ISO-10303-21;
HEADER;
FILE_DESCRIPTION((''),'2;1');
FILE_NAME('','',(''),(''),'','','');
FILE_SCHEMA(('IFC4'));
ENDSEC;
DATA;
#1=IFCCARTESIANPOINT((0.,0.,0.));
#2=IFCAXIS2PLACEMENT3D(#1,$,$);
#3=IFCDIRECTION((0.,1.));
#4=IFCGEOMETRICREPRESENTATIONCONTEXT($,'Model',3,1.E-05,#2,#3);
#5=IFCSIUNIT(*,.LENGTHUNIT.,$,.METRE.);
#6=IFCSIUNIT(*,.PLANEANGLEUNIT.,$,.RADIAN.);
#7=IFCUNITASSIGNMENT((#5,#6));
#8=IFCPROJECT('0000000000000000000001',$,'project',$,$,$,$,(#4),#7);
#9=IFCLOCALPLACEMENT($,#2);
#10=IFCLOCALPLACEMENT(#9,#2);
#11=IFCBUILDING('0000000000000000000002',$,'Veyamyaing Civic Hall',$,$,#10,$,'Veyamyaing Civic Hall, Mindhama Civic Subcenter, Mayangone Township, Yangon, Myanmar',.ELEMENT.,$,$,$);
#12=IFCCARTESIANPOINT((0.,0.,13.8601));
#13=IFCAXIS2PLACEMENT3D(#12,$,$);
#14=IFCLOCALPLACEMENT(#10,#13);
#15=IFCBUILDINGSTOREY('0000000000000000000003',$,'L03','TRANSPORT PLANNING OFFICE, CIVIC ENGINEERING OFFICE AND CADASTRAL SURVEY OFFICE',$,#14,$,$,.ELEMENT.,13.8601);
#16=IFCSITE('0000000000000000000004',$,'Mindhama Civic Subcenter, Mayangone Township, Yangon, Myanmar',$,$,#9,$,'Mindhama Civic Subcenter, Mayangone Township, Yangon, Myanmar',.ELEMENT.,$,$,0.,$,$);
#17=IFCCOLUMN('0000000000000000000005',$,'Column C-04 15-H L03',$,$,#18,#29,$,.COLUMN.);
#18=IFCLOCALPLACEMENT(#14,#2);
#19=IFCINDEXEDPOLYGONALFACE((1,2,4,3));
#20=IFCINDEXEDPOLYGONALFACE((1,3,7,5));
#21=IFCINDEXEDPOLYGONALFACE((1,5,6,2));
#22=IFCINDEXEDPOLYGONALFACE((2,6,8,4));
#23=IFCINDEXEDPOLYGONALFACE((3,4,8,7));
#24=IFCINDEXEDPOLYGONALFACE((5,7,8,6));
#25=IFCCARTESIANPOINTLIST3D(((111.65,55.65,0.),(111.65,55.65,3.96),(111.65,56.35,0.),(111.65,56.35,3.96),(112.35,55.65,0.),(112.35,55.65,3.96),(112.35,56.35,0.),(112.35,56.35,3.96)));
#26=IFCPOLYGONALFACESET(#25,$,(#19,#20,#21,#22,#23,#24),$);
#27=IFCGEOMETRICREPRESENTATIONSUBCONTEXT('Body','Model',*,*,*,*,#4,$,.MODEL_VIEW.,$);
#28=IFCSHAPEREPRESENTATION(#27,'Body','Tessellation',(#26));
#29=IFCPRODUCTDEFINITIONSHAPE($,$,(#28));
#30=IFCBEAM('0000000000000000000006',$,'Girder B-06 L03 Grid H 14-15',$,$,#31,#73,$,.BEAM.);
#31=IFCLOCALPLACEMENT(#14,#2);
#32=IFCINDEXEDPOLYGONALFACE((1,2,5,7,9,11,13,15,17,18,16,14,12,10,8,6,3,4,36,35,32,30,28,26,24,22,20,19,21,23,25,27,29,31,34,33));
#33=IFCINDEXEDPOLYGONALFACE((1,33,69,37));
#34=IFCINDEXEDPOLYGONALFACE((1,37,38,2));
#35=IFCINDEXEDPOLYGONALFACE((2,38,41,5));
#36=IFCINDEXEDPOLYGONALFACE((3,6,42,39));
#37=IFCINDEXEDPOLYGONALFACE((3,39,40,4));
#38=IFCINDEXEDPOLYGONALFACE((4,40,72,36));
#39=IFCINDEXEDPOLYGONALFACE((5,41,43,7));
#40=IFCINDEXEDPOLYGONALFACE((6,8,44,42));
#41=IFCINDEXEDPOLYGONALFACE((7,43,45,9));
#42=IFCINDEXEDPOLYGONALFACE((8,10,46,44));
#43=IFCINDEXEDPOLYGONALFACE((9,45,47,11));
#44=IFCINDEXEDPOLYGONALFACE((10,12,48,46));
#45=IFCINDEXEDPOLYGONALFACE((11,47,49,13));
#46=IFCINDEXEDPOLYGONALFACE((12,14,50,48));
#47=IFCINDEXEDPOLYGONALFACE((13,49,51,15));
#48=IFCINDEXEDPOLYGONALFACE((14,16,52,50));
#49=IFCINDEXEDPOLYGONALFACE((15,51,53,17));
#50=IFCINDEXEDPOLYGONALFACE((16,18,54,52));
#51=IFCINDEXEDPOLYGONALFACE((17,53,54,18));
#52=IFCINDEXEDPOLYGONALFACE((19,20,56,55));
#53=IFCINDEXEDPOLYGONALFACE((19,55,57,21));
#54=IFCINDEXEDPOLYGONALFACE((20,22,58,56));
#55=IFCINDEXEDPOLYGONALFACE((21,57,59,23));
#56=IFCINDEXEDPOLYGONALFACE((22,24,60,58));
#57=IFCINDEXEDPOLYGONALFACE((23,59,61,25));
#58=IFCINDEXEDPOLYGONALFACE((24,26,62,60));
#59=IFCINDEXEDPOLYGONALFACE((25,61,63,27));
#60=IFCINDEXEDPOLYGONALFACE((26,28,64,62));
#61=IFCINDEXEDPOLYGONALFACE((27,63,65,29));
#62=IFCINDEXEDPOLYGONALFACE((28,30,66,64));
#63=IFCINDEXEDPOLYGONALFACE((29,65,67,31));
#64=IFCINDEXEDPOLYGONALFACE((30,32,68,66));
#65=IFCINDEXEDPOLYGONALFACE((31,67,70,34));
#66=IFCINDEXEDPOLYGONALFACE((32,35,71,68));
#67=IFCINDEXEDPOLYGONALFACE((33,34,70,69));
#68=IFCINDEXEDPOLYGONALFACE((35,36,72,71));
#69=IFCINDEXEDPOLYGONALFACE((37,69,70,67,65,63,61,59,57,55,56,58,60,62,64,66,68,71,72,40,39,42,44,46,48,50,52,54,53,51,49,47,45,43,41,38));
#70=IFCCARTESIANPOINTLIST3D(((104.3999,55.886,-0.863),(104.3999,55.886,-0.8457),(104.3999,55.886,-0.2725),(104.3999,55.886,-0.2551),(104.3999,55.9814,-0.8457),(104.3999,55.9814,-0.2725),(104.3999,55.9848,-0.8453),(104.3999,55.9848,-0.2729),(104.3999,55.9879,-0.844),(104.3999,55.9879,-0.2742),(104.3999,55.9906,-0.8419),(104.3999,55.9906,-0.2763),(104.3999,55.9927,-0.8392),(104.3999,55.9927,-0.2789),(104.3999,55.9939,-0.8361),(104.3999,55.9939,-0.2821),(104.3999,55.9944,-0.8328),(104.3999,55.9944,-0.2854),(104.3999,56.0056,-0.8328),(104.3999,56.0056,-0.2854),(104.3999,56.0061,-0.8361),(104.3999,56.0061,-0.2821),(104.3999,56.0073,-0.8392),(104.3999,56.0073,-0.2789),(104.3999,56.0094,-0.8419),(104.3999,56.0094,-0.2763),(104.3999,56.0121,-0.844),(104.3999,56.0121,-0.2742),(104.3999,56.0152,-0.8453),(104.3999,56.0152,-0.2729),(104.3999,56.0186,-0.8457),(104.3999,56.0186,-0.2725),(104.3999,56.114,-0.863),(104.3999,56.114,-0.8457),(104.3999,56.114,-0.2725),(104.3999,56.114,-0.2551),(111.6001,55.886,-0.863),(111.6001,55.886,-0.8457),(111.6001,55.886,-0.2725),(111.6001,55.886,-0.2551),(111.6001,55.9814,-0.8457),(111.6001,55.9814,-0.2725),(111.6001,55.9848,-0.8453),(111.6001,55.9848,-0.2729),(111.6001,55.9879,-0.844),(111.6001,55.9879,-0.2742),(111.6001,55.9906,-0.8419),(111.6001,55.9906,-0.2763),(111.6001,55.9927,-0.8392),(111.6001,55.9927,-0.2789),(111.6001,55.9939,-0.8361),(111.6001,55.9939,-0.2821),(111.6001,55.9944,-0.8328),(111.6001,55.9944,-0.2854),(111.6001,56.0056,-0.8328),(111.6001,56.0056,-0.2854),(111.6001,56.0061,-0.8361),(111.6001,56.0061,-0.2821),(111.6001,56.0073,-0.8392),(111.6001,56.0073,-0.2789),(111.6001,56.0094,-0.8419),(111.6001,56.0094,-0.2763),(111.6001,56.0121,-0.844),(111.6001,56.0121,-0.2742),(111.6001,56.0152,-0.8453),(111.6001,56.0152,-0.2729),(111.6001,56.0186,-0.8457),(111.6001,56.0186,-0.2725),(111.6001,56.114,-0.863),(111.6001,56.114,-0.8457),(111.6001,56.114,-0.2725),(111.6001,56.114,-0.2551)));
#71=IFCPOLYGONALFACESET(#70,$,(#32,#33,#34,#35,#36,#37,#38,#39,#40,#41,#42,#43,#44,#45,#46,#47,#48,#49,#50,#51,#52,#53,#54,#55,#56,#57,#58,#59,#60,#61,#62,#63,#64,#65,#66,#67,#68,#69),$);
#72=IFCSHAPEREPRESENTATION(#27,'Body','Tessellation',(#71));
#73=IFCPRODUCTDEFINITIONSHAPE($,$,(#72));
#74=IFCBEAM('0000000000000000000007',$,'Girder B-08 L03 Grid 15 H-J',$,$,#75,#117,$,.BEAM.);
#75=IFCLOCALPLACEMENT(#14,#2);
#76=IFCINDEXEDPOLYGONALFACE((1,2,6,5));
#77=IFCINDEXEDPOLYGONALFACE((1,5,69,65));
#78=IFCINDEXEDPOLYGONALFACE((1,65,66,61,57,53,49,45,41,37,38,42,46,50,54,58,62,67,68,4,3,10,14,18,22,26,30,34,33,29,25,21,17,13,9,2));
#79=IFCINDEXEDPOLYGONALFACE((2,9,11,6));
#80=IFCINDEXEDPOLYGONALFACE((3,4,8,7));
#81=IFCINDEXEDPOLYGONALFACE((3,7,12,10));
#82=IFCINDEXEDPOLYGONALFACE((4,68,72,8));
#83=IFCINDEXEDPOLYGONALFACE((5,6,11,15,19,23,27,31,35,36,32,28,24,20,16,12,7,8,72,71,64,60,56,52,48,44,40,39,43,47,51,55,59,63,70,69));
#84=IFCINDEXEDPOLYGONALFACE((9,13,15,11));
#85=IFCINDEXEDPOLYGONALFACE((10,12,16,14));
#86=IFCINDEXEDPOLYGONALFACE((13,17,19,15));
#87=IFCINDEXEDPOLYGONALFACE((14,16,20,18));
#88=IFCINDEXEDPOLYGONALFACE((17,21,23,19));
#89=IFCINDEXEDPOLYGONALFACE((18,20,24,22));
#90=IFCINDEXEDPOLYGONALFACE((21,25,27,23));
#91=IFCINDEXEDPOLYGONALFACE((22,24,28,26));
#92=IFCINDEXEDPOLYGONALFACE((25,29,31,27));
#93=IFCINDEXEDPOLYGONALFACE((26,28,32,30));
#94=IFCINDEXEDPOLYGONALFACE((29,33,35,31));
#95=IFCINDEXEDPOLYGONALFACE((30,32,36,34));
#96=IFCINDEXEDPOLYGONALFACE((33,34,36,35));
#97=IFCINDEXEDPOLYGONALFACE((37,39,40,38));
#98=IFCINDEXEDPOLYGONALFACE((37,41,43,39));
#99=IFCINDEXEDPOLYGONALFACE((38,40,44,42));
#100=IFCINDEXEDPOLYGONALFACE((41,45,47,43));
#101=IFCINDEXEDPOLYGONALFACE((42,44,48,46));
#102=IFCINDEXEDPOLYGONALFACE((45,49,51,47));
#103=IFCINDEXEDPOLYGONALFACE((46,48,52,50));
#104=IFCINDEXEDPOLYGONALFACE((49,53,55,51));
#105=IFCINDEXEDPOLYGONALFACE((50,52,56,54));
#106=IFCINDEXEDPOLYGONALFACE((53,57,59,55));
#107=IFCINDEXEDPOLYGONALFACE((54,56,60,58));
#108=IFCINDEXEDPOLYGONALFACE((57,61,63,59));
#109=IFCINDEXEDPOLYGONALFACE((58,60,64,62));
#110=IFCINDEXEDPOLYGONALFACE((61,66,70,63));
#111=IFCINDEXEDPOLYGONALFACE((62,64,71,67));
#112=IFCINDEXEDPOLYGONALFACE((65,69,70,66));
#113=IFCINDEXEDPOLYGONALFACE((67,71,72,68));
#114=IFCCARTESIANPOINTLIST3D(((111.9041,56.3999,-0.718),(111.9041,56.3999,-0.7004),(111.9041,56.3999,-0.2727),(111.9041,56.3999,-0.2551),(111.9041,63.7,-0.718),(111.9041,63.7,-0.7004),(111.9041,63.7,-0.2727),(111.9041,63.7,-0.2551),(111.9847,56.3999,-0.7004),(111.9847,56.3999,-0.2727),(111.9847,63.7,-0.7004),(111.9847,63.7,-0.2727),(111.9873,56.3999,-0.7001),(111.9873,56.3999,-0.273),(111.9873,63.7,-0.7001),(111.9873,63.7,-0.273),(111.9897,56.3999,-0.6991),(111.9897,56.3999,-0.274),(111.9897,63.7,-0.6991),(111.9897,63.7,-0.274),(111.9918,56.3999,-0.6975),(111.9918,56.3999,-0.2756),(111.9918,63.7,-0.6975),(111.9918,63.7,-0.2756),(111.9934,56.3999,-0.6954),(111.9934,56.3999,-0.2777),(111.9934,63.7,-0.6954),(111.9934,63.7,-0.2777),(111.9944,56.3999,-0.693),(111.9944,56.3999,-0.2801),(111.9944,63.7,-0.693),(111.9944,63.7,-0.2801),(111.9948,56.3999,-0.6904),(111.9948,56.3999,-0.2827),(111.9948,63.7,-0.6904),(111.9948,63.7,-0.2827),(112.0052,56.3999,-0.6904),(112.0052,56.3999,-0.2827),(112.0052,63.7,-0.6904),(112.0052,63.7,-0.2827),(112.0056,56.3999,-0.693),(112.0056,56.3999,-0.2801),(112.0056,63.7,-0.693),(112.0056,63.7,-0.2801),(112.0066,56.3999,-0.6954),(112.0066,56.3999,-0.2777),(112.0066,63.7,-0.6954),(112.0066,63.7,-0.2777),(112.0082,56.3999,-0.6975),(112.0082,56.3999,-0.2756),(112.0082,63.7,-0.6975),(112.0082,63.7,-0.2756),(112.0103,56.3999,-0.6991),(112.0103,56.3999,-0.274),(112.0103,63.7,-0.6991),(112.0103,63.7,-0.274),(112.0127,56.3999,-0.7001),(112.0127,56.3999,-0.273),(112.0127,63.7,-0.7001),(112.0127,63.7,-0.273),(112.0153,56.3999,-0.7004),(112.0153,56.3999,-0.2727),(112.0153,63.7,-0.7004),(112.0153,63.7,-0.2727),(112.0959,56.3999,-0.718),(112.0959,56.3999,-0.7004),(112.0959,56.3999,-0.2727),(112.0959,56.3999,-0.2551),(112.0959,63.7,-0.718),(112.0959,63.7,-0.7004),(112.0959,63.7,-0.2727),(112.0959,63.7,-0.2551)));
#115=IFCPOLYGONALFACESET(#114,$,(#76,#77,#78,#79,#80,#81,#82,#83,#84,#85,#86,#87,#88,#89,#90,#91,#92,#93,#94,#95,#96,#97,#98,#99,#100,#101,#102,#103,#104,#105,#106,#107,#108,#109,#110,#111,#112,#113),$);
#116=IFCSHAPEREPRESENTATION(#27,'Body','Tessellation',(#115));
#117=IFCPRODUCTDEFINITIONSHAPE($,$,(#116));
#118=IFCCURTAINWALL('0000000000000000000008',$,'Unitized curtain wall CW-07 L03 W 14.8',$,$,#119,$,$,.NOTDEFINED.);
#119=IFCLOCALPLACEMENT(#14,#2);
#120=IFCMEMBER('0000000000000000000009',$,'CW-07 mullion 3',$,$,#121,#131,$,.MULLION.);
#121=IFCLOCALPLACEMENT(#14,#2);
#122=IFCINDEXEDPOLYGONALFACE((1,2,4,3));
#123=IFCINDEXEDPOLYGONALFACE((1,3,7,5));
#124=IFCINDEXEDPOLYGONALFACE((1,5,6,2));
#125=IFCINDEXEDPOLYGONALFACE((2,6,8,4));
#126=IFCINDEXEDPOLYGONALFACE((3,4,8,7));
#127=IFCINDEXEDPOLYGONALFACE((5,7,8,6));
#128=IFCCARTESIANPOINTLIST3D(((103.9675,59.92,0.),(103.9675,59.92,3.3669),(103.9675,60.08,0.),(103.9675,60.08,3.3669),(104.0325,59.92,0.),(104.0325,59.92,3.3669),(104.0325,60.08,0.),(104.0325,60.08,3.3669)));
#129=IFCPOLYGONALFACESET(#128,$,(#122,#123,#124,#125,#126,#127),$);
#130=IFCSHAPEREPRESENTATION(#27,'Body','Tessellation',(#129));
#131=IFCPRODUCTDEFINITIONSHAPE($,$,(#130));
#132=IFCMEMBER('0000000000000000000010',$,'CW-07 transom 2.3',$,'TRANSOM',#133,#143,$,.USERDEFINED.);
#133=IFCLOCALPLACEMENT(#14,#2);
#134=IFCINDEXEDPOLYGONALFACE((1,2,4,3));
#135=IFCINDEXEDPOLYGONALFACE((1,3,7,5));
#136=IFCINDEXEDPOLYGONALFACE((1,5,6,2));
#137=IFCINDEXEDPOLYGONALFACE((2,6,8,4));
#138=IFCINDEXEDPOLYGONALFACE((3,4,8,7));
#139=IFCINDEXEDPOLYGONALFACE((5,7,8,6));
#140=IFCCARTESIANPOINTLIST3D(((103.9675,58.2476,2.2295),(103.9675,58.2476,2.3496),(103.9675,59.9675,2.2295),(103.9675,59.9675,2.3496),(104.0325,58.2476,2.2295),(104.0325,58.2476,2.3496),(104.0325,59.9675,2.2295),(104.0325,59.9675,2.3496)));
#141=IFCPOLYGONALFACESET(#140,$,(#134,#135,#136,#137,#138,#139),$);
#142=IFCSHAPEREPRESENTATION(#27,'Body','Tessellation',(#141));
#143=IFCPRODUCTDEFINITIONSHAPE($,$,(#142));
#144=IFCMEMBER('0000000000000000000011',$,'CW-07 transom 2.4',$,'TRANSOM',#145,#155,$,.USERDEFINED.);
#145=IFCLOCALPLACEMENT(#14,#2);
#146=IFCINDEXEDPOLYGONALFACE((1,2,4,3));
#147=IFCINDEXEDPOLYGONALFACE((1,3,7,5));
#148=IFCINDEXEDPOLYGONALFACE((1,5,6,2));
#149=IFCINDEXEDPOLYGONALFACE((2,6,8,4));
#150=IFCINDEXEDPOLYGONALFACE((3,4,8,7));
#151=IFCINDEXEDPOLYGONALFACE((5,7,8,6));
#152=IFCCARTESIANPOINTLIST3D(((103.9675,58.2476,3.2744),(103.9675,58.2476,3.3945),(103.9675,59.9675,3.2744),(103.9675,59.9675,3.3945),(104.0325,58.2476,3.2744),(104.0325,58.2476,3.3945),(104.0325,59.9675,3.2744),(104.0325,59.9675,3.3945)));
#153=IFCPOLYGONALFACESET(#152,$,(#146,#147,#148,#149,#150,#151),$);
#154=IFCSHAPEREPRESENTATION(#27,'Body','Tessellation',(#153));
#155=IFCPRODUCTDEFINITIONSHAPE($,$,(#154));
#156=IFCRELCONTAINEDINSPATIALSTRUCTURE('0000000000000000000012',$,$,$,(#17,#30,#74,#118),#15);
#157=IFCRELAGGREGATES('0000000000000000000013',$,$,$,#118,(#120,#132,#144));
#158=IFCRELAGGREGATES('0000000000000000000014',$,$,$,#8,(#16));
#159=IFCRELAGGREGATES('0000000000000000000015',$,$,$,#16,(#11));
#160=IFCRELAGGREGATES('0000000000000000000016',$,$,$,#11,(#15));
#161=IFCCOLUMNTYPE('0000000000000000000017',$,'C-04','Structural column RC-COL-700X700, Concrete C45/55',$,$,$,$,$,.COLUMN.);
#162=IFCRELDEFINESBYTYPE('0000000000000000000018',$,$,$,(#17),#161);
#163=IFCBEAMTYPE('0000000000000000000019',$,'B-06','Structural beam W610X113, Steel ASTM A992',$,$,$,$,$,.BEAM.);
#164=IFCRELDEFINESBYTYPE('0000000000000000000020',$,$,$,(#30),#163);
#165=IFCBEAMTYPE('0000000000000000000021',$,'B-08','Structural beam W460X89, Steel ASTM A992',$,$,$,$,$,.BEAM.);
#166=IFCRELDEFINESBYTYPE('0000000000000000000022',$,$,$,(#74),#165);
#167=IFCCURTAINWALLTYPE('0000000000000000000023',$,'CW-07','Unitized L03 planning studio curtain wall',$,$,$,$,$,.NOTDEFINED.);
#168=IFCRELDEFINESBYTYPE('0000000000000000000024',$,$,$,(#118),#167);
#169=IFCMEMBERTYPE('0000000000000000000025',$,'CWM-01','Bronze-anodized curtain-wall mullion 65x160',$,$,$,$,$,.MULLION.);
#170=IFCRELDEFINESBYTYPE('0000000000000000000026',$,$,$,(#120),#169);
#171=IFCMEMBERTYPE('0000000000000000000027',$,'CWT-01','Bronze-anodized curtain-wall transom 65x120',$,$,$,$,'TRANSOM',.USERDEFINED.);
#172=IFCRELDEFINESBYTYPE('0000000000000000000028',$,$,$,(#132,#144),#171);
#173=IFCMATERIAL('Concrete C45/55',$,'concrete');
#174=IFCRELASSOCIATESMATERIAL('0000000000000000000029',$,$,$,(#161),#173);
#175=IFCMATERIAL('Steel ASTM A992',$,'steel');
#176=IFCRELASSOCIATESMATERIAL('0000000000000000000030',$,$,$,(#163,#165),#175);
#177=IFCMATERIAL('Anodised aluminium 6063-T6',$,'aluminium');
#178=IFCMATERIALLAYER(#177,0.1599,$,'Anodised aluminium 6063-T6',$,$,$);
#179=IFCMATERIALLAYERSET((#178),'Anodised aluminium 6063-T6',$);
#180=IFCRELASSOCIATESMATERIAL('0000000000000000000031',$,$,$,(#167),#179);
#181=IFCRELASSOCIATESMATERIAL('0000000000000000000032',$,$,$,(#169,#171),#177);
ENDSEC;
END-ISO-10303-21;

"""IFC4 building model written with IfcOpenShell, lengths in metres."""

from ifc_helpers import new_model, si_unit, direction, frame, origin, origin_2d, place, context, subcontext, project, spatial, rectangle, i_section, extrude, material, layer, layer_set, material_profile, profile_set, type_object, element, aggregate, save


model = new_model("IFC4")

# Units and contexts
model_context = context("Model", 3, precision=1e-05, world=origin(), true_north=direction((0.0, 1.0)))
body_context = subcontext(model_context, "Body", "Model", "MODEL_VIEW")
ifc_project = project(units=[si_unit("LENGTHUNIT", "METRE"), si_unit("PLANEANGLEUNIT", "RADIAN")], contexts=[model_context])

# Site, building, storey
site_placement = place(None, origin())
site = spatial("IfcSite", under=ifc_project, at=site_placement, Name="Mindhama Civic Subcenter, Mayangone Township, Yangon, Myanmar", LongName="Mindhama Civic Subcenter, Mayangone Township, Yangon, Myanmar", CompositionType="ELEMENT", RefElevation=0.0)
building_placement = place(site_placement, origin())
building = spatial("IfcBuilding", under=site, at=building_placement, Name="Veyamyaing Civic Hall", LongName="Veyamyaing Civic Hall, Mindhama Civic Subcenter, Mayangone Township, Yangon, Myanmar", CompositionType="ELEMENT")
storey_placement = place(building_placement, frame((0.0, 0.0, 13.8601)))
storey = spatial("IfcBuildingStorey", under=building, at=storey_placement, Name="L03", Description="TRANSPORT PLANNING OFFICE, CIVIC ENGINEERING OFFICE AND CADASTRAL SURVEY OFFICE", CompositionType="ELEMENT", Elevation=13.8601)

# Column
ifc_material_1 = material(Name="Concrete C45/55", Category="concrete")
ifc_material_profile_1 = material_profile(ifc_material_1, rectangle(XDim=0.7, YDim=0.7, at=origin_2d()), Name="RC-COL-700X700")
ifc_profile_set_1 = profile_set([ifc_material_profile_1], Name="Concrete C45/55")
column_type = type_object("IfcColumnType", Name="C-04", Description="Structural column RC-COL-700X700, Concrete C45/55", PredefinedType="COLUMN", material=ifc_profile_set_1)
column_placement = place(storey_placement, frame((112.0, 56.0, 0.0), z_axis=(0.0, 0.0, 1.0), x_axis=(1.0, 0.0, 0.0)))
element("IfcColumn", 1, at=column_placement, inside=storey, type_object=column_type, Name="Column C-04 15-H L03", PredefinedType="COLUMN", context=body_context, shape_type="SweptSolid", body=[
    extrude(rectangle(XDim=0.7, YDim=0.7, at=origin_2d()), origin(), (0.0, 0.0, 1.0), 3.96),
])

# Beams
ifc_material_2 = material(Name="Steel ASTM A992", Category="steel")
ifc_material_profile_2 = material_profile(ifc_material_2, i_section(OverallWidth=0.228, OverallDepth=0.6079, WebThickness=0.0112, FlangeThickness=0.0173, FilletRadius=0.0129, at=origin_2d()), Name="W610X113")
ifc_profile_set_2 = profile_set([ifc_material_profile_2], Name="Steel ASTM A992")
beam_type_1 = type_object("IfcBeamType", Name="B-06", Description="Structural beam W610X113, Steel ASTM A992", PredefinedType="BEAM", material=ifc_profile_set_2)
beam_1_placement = place(storey_placement, frame((104.3999, 56.0, -0.5591), z_axis=(1.0, 0.0, 0.0), x_axis=(0.0, 1.0, 0.0)))
element("IfcBeam", 2, at=beam_1_placement, inside=storey, type_object=beam_type_1, Name="Girder B-06 L03 Grid H 14-15", PredefinedType="BEAM", context=body_context, shape_type="SweptSolid", body=[
    extrude(i_section(OverallWidth=0.228, OverallDepth=0.6079, WebThickness=0.0112, FlangeThickness=0.0173, FilletRadius=0.0129, at=origin_2d()), origin(), (0.0, 0.0, 1.0), 7.2002),
])
ifc_material_profile_3 = material_profile(ifc_material_2, i_section(OverallWidth=0.1919, OverallDepth=0.4629, WebThickness=0.0105, FlangeThickness=0.0176, FilletRadius=0.01, at=origin_2d()), Name="W460X89")
ifc_profile_set_3 = profile_set([ifc_material_profile_3], Name="Steel ASTM A992")
beam_type_2 = type_object("IfcBeamType", Name="B-08", Description="Structural beam W460X89, Steel ASTM A992", PredefinedType="BEAM", material=ifc_profile_set_3)
beam_2_placement = place(storey_placement, frame((112.0, 56.3999, -0.4866), z_axis=(0.0, 1.0, 0.0), x_axis=(-1.0, 0.0, 0.0)))
element("IfcBeam", 3, at=beam_2_placement, inside=storey, type_object=beam_type_2, Name="Girder B-08 L03 Grid 15 H-J", PredefinedType="BEAM", context=body_context, shape_type="SweptSolid", body=[
    extrude(i_section(OverallWidth=0.1919, OverallDepth=0.4629, WebThickness=0.0105, FlangeThickness=0.0176, FilletRadius=0.01, at=origin_2d()), origin(), (0.0, 0.0, 1.0), 7.3),
])

# Curtain wall, members
ifc_material_3 = material(Name="Anodised aluminium 6063-T6", Category="aluminium")
ifc_layer_1 = layer(ifc_material_3, 0.1599, Name="Anodised aluminium 6063-T6")
ifc_layer_set_1 = layer_set([ifc_layer_1], Name="Anodised aluminium 6063-T6")
curtain_wall_type = type_object("IfcCurtainWallType", Name="CW-07", Description="Unitized L03 planning studio curtain wall", PredefinedType="NOTDEFINED", material=ifc_layer_set_1)
curtain_wall_placement = place(storey_placement, origin())
curtain_wall = element("IfcCurtainWall", 4, at=curtain_wall_placement, inside=storey, type_object=curtain_wall_type, Name="Unitized curtain wall CW-07 L03 W 14.8", PredefinedType="NOTDEFINED")
ifc_material_profile_4 = material_profile(ifc_material_3, rectangle(XDim=0.0649, YDim=0.1599, at=origin_2d()), Name="ALU-MUL-65X160")
ifc_profile_set_4 = profile_set([ifc_material_profile_4], Name="Anodised aluminium 6063-T6")
member_type_1 = type_object("IfcMemberType", Name="CWM-01", Description="Bronze-anodized curtain-wall mullion 65x160", PredefinedType="MULLION", material=ifc_profile_set_4)
member_1_placement = place(storey_placement, frame((104.0, 60.0, 0.0), z_axis=(0.0, 0.0, 1.0), x_axis=(-1.0, 0.0, 0.0)))
member_1 = element("IfcMember", 5, at=member_1_placement, type_object=member_type_1, Name="CW-07 mullion 3", PredefinedType="MULLION", context=body_context, shape_type="SweptSolid", body=[
    extrude(rectangle(XDim=0.0649, YDim=0.1599, at=origin_2d()), origin(), (0.0, 0.0, 1.0), 3.3669),
])
ifc_material_profile_5 = material_profile(ifc_material_3, rectangle(XDim=0.0649, YDim=0.1201, at=origin_2d()), Name="ALU-TRN-65X120")
ifc_profile_set_5 = profile_set([ifc_material_profile_5], Name="Anodised aluminium 6063-T6")
member_type_2 = type_object("IfcMemberType", Name="CWT-01", Description="Bronze-anodized curtain-wall transom 65x120", ElementType="TRANSOM", PredefinedType="USERDEFINED", material=ifc_profile_set_5)
member_2_placement = place(storey_placement, frame((104.0, 58.2476, 2.2896), z_axis=(0.0, 1.0, 0.0), x_axis=(-1.0, 0.0, 0.0)))
member_2 = element("IfcMember", 6, at=member_2_placement, type_object=member_type_2, Name="CW-07 transom 2.3", ObjectType="TRANSOM", PredefinedType="USERDEFINED", context=body_context, shape_type="SweptSolid", body=[
    extrude(rectangle(XDim=0.0649, YDim=0.1201, at=origin_2d()), origin(), (0.0, 0.0, 1.0), 1.72),
])
member_3_placement = place(storey_placement, frame((104.0, 58.2476, 3.3345), z_axis=(0.0, 1.0, 0.0), x_axis=(-1.0, 0.0, 0.0)))
member_3 = element("IfcMember", 7, at=member_3_placement, type_object=member_type_2, Name="CW-07 transom 2.4", ObjectType="TRANSOM", PredefinedType="USERDEFINED", context=body_context, shape_type="SweptSolid", body=[
    extrude(rectangle(XDim=0.0649, YDim=0.1201, at=origin_2d()), origin(), (0.0, 0.0, 1.0), 1.72),
])

aggregate(curtain_wall, [member_1, member_2, member_3])

save(model, "model.ifc")
